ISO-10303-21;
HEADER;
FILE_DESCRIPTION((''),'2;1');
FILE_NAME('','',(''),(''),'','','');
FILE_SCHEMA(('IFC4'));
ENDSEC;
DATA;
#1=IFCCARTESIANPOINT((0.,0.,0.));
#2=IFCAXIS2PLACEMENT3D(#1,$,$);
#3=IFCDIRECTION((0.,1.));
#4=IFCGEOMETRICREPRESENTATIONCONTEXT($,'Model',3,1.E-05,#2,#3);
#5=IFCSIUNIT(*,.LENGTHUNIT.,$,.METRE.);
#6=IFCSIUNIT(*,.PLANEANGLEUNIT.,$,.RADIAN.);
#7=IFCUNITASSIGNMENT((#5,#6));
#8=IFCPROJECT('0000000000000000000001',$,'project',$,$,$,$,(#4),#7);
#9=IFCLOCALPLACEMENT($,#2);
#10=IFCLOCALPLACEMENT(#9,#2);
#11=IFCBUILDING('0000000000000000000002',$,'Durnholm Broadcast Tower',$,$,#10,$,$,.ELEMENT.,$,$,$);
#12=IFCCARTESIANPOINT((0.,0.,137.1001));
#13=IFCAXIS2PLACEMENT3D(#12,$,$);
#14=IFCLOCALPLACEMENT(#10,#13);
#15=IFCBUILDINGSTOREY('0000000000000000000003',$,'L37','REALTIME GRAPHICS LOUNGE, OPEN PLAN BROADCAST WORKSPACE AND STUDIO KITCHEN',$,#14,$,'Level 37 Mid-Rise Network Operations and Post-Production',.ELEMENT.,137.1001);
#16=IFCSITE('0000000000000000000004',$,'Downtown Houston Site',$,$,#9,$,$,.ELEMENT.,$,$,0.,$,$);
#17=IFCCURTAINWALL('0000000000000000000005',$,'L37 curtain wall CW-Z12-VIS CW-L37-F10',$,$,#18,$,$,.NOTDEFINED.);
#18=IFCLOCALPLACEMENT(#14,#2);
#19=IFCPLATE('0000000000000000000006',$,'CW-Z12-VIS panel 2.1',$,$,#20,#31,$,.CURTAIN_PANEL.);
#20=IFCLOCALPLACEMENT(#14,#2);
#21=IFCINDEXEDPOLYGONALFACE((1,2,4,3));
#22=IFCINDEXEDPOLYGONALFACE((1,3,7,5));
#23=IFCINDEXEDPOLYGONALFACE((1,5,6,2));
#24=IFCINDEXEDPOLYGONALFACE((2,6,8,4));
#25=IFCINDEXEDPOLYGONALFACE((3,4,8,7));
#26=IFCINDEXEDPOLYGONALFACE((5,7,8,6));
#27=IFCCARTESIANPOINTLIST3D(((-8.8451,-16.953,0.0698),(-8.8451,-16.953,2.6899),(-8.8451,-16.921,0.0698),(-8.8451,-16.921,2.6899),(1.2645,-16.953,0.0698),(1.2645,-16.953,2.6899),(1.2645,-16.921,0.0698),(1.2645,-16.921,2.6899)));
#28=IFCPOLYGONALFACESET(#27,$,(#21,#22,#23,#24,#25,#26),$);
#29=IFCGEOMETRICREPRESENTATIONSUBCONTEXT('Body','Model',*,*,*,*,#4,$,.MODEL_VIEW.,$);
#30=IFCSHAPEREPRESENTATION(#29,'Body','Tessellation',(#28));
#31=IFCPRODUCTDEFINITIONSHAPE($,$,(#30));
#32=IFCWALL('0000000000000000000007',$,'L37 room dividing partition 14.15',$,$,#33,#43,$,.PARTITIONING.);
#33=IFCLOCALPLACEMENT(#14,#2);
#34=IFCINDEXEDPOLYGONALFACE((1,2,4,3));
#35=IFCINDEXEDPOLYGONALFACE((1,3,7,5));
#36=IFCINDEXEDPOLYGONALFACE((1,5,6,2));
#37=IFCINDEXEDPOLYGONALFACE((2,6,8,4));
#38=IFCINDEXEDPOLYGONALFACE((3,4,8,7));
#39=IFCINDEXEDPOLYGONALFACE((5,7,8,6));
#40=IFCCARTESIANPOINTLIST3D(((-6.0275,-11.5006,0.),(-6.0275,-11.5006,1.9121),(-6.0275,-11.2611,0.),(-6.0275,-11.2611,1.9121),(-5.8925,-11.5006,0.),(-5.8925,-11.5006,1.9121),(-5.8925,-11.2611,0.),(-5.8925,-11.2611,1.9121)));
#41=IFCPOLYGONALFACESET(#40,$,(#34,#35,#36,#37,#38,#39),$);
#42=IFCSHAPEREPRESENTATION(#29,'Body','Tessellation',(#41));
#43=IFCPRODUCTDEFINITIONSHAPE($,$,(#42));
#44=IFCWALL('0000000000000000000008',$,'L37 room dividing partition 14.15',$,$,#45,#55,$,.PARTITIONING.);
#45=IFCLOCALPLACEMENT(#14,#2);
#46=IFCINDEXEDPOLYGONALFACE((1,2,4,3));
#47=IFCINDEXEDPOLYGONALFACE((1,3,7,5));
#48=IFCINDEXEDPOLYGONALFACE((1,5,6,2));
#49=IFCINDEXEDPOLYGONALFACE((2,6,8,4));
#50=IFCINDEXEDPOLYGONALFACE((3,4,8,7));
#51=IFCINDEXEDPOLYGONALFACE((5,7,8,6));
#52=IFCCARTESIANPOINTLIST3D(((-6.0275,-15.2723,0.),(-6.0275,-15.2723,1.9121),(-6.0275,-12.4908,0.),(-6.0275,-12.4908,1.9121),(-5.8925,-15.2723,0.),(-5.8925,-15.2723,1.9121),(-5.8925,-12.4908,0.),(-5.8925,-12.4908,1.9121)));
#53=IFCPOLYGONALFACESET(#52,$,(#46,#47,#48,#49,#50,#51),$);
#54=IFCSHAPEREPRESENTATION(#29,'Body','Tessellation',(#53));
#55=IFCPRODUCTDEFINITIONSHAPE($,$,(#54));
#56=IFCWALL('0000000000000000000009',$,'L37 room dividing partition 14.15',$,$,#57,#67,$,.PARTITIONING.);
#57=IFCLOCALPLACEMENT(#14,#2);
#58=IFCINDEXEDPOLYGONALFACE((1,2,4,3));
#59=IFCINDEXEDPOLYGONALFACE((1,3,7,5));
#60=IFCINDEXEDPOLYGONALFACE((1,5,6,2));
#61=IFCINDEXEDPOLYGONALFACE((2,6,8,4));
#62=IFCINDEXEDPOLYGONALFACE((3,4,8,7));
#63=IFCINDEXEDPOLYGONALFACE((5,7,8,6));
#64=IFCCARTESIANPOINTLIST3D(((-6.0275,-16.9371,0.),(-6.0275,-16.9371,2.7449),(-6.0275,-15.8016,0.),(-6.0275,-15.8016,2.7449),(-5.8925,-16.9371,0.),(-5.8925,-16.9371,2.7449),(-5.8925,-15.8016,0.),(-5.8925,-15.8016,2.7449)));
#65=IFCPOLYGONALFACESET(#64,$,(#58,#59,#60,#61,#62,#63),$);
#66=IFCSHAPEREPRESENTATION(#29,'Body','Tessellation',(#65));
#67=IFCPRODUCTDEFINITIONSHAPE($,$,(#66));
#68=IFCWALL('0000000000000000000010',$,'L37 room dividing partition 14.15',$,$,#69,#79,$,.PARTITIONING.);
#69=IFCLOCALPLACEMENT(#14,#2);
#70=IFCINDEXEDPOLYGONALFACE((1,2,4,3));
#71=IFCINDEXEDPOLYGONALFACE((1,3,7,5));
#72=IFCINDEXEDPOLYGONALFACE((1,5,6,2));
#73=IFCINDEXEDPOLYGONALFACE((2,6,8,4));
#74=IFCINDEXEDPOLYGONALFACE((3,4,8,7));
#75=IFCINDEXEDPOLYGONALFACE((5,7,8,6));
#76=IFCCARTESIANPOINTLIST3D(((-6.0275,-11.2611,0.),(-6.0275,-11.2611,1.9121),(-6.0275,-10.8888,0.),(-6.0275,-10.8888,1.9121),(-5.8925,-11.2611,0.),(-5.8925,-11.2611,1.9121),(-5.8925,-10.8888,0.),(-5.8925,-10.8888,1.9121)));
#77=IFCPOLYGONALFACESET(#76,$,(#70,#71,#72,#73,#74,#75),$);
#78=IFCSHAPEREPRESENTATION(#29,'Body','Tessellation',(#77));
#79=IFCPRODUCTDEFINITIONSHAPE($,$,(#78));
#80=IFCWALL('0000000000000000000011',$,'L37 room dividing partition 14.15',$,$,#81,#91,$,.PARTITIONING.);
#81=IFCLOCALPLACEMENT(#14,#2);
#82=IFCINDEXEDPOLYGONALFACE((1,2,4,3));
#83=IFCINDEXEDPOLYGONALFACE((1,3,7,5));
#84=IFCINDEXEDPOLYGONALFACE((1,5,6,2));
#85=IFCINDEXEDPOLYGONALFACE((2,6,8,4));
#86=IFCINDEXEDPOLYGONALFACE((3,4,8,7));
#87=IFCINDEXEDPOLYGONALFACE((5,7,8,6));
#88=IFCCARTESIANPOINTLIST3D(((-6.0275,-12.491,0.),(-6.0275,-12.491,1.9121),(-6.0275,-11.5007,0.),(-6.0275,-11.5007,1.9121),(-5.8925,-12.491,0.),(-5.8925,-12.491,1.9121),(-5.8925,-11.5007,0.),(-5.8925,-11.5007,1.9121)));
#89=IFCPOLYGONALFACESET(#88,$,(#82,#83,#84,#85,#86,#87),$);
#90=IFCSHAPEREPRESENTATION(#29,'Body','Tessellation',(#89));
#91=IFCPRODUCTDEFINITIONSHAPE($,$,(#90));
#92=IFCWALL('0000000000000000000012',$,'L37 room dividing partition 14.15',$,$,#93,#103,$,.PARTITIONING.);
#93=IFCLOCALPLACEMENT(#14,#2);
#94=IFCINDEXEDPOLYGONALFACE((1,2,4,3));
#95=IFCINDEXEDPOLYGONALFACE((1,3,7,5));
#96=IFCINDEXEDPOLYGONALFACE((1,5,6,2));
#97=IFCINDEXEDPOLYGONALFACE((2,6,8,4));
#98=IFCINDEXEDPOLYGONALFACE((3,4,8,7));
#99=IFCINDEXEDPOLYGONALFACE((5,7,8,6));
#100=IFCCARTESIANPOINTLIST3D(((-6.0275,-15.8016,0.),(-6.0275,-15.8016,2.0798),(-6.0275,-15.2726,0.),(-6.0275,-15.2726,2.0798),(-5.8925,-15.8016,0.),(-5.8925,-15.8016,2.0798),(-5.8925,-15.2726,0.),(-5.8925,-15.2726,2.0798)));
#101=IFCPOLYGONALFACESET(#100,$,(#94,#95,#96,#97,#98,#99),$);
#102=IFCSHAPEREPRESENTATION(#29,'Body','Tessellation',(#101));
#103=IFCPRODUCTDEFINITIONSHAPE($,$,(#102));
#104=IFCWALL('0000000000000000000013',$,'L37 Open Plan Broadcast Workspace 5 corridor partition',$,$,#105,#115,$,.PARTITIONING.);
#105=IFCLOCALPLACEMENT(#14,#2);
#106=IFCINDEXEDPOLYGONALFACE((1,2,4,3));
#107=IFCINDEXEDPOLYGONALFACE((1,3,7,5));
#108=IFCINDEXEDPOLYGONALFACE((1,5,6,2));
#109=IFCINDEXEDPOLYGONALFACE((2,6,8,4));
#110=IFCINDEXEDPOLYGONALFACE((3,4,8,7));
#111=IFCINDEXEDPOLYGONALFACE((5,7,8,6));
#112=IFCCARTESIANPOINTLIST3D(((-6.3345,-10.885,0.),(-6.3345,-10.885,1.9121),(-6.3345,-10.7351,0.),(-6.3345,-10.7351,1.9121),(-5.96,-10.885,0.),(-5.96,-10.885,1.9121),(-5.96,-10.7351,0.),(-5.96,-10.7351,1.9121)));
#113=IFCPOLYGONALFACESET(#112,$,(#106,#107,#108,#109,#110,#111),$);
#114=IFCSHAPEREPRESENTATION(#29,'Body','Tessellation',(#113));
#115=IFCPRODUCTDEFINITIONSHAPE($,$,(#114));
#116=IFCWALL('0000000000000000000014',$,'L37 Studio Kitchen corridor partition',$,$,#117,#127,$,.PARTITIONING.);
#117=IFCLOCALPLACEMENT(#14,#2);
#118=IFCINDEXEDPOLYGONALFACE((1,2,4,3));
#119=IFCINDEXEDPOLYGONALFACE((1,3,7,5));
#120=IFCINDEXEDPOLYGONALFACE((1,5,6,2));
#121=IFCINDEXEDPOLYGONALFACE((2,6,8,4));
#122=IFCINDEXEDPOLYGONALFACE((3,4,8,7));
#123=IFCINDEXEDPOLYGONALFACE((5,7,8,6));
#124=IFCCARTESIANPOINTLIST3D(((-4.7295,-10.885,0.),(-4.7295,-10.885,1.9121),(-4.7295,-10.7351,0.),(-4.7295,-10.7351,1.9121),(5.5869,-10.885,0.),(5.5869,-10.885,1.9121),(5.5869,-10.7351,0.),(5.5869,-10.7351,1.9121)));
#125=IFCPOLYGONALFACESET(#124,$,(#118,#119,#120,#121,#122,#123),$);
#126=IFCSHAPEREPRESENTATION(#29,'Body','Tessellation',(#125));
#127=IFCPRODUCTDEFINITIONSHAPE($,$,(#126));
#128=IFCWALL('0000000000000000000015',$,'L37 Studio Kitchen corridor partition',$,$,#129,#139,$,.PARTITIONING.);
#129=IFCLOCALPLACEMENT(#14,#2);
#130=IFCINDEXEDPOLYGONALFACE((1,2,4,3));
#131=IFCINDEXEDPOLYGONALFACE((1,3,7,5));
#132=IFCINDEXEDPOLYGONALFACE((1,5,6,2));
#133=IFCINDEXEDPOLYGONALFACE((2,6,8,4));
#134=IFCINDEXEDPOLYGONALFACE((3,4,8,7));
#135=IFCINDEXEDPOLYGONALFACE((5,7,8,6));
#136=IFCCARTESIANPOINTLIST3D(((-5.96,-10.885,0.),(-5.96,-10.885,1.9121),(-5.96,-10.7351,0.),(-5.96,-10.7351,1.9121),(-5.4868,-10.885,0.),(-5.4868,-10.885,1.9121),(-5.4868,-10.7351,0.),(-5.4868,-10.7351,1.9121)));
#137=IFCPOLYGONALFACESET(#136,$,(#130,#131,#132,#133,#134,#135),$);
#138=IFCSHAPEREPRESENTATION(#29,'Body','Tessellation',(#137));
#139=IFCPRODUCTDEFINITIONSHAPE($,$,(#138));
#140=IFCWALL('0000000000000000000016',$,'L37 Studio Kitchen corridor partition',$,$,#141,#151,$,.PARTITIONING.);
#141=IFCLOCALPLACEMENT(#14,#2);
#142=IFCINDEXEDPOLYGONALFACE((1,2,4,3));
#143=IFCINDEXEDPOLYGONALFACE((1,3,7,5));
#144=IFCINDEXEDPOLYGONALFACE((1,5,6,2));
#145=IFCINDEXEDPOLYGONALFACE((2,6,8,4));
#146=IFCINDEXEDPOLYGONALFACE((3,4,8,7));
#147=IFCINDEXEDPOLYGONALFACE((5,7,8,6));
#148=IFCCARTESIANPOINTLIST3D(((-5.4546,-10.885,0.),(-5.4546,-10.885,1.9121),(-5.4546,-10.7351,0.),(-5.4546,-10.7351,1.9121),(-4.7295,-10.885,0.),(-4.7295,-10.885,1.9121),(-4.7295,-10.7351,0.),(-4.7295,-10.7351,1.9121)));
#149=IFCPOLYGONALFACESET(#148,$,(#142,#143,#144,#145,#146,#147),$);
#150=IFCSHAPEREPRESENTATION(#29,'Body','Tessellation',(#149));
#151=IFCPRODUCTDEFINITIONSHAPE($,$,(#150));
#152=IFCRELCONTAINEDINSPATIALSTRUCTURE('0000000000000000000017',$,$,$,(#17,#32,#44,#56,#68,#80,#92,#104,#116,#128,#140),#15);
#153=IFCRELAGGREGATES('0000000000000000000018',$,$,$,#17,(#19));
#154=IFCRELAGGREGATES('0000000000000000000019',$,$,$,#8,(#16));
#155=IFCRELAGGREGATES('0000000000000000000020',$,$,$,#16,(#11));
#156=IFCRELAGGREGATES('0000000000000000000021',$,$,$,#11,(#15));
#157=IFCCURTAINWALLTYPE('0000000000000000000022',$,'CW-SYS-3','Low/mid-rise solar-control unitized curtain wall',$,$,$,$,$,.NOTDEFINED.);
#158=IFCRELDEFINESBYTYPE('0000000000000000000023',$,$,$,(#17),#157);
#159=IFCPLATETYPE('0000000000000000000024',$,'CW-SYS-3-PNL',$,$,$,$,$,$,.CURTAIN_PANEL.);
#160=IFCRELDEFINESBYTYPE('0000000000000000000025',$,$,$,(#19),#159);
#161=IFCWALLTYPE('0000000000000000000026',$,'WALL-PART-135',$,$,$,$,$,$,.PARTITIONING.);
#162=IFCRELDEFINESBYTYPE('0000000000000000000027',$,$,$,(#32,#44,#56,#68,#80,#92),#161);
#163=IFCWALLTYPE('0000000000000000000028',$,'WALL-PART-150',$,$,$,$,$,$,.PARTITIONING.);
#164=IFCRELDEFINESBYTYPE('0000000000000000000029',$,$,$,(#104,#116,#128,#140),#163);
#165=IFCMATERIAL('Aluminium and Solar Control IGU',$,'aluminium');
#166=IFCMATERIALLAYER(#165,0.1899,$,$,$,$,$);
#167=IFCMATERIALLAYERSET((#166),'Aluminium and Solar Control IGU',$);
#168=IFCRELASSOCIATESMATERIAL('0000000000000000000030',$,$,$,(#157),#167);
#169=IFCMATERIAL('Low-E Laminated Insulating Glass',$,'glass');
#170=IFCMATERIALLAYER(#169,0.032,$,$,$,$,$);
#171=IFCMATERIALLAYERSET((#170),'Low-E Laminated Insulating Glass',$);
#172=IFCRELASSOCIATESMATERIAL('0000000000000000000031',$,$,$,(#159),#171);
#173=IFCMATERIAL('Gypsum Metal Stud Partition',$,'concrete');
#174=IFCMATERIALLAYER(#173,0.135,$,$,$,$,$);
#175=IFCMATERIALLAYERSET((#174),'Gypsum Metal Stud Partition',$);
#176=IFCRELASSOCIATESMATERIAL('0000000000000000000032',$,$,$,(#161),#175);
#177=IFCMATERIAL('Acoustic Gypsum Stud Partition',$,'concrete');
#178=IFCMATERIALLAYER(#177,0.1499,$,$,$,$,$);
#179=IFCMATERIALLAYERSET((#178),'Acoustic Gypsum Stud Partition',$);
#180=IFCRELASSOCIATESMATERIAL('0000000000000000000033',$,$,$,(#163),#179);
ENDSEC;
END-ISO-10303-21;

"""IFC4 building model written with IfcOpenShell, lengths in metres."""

from ifc_helpers import new_model, si_unit, direction, frame, frame_2d, origin, origin_2d, place, context, subcontext, project, spatial, rectangle, extrude, source, transform, mapped, material, layer, layer_set, type_object, type_shapes, element, aggregate, save


model = new_model("IFC4")

# Units and contexts
model_context = context("Model", 3, precision=1e-05, world=origin(), true_north=direction((0.0, 1.0)))
body_context = subcontext(model_context, "Body", "Model", "MODEL_VIEW")
ifc_project = project(units=[si_unit("LENGTHUNIT", "METRE"), si_unit("PLANEANGLEUNIT", "RADIAN")], contexts=[model_context])

# Site, building, storey
site_placement = place(None, origin())
site = spatial("IfcSite", under=ifc_project, at=site_placement, Name="Downtown Houston Site", CompositionType="ELEMENT", RefElevation=0.0)
building_placement = place(site_placement, origin())
building = spatial("IfcBuilding", under=site, at=building_placement, Name="Durnholm Broadcast Tower", CompositionType="ELEMENT")
storey_placement = place(building_placement, frame((0.0, 0.0, 137.1001)))
storey = spatial("IfcBuildingStorey", under=building, at=storey_placement, Name="L37", Description="REALTIME GRAPHICS LOUNGE, OPEN PLAN BROADCAST WORKSPACE AND STUDIO KITCHEN", LongName="Level 37 Mid-Rise Network Operations and Post-Production", CompositionType="ELEMENT", Elevation=137.1001)

# Curtain wall
ifc_material_1 = material(Name="Aluminium and Solar Control IGU", Category="aluminium")
ifc_layer_1 = layer(ifc_material_1, 0.1899)
ifc_layer_set_1 = layer_set([ifc_layer_1], Name="Aluminium and Solar Control IGU")
curtain_wall_type_1 = type_object("IfcCurtainWallType", Name="CW-SYS-3", Description="Low/mid-rise solar-control unitized curtain wall", PredefinedType="NOTDEFINED", material=ifc_layer_set_1)
curtain_wall_1_placement = place(storey_placement, origin())
curtain_wall_1 = element("IfcCurtainWall", 1, at=curtain_wall_1_placement, inside=storey, type_object=curtain_wall_type_1, Name="L37 curtain wall CW-Z12-VIS CW-L37-F10", PredefinedType="NOTDEFINED")

# Plate
ifc_material_2 = material(Name="Low-E Laminated Insulating Glass", Category="glass")
ifc_layer_2 = layer(ifc_material_2, 0.032)
ifc_layer_set_2 = layer_set([ifc_layer_2], Name="Low-E Laminated Insulating Glass")
plate_type_1 = type_object("IfcPlateType", Name="CW-SYS-3-PNL", PredefinedType="CURTAIN_PANEL", material=ifc_layer_set_2)
shared_shape_1 = source(origin(), body_context, "Body", "SweptSolid", [
    extrude(rectangle(XDim=10.1096, YDim=0.032, at=origin_2d()), origin(), (0.0, 0.0, 1.0), 2.6201),
])
type_shapes(plate_type_1, [shared_shape_1])
plate_1_placement = place(storey_placement, frame((-3.7903, -16.937, 0.0698), z_axis=(0.0, 0.0, 1.0), x_axis=(-1.0, 0.0, 0.0)))
plate_1 = element("IfcPlate", 2, at=plate_1_placement, type_object=plate_type_1, Name="CW-Z12-VIS panel 2.1", PredefinedType="CURTAIN_PANEL", context=body_context, shape_type="MappedRepresentation", body=[
    mapped(shared_shape_1, transform((0.0, 0.0, 0.0), x_axis=(1.0, 0.0, 0.0), y_axis=(0.0, 1.0, 0.0), z_axis=(0.0, 0.0, 1.0), scale=1.0)),
])
aggregate(curtain_wall_1, [plate_1])

# Walls
ifc_material_3 = material(Name="Gypsum Metal Stud Partition", Category="concrete")
ifc_layer_3 = layer(ifc_material_3, 0.135)
ifc_layer_set_3 = layer_set([ifc_layer_3], Name="Gypsum Metal Stud Partition")
wall_type_1 = type_object("IfcWallType", Name="WALL-PART-135", PredefinedType="PARTITIONING", material=ifc_layer_set_3)
wall_1_placement = place(storey_placement, frame((-5.96, -11.2612, 0.0), z_axis=(0.0, 0.0, 1.0), x_axis=(0.0, -1.0, 0.0)))
element("IfcWall", 3, at=wall_1_placement, inside=storey, type_object=wall_type_1, Name="L37 room dividing partition 14.15", PredefinedType="PARTITIONING", context=body_context, shape_type="SweptSolid", body=[
    extrude(rectangle(XDim=0.2395, YDim=0.135, at=frame_2d((0.1196, 0.0))), origin(), (0.0, 0.0, 1.0), 1.9121),
])
wall_2_placement = place(storey_placement, frame((-5.96, -12.491, 0.0), z_axis=(0.0, 0.0, 1.0), x_axis=(0.0, -1.0, 0.0)))
element("IfcWall", 4, at=wall_2_placement, inside=storey, type_object=wall_type_1, Name="L37 room dividing partition 14.15", PredefinedType="PARTITIONING", context=body_context, shape_type="SweptSolid", body=[
    extrude(rectangle(XDim=2.7815, YDim=0.135, at=frame_2d((1.3906, 0.0))), origin(), (0.0, 0.0, 1.0), 1.9121),
])
wall_3_placement = place(storey_placement, frame((-5.96, -15.8015, 0.0), z_axis=(0.0, 0.0, 1.0), x_axis=(0.0, -1.0, 0.0)))
element("IfcWall", 5, at=wall_3_placement, inside=storey, type_object=wall_type_1, Name="L37 room dividing partition 14.15", PredefinedType="PARTITIONING", context=body_context, shape_type="SweptSolid", body=[
    extrude(rectangle(XDim=1.1355, YDim=0.135, at=frame_2d((0.5679, 0.0))), origin(), (0.0, 0.0, 1.0), 2.7449),
])
wall_4_placement = place(storey_placement, frame((-5.96, -10.8889, 0.0), z_axis=(0.0, 0.0, 1.0), x_axis=(0.0, -1.0, 0.0)))
element("IfcWall", 6, at=wall_4_placement, inside=storey, type_object=wall_type_1, Name="L37 room dividing partition 14.15", PredefinedType="PARTITIONING", context=body_context, shape_type="SweptSolid", body=[
    extrude(rectangle(XDim=0.3723, YDim=0.135, at=frame_2d((0.186, 0.0))), origin(), (0.0, 0.0, 1.0), 1.9121),
])
wall_5_placement = place(storey_placement, frame((-5.96, -11.5007, 0.0), z_axis=(0.0, 0.0, 1.0), x_axis=(0.0, -1.0, 0.0)))
element("IfcWall", 7, at=wall_5_placement, inside=storey, type_object=wall_type_1, Name="L37 room dividing partition 14.15", PredefinedType="PARTITIONING", context=body_context, shape_type="SweptSolid", body=[
    extrude(rectangle(XDim=0.9902, YDim=0.135, at=frame_2d((0.4951, 0.0))), origin(), (0.0, 0.0, 1.0), 1.9121),
])
wall_6_placement = place(storey_placement, frame((-5.96, -15.2725, 0.0), z_axis=(0.0, 0.0, 1.0), x_axis=(0.0, -1.0, 0.0)))
element("IfcWall", 8, at=wall_6_placement, inside=storey, type_object=wall_type_1, Name="L37 room dividing partition 14.15", PredefinedType="PARTITIONING", context=body_context, shape_type="SweptSolid", body=[
    extrude(rectangle(XDim=0.5291, YDim=0.135, at=frame_2d((0.2646, 0.0))), origin(), (0.0, 0.0, 1.0), 2.0798),
])
ifc_material_4 = material(Name="Acoustic Gypsum Stud Partition", Category="concrete")
ifc_layer_4 = layer(ifc_material_4, 0.1499)
ifc_layer_set_4 = layer_set([ifc_layer_4], Name="Acoustic Gypsum Stud Partition")
wall_type_2 = type_object("IfcWallType", Name="WALL-PART-150", PredefinedType="PARTITIONING", material=ifc_layer_set_4)
wall_7_placement = place(storey_placement, frame((-6.3345, -10.8101, 0.0), z_axis=(0.0, 0.0, 1.0), x_axis=(1.0, 0.0, 0.0)))
element("IfcWall", 9, at=wall_7_placement, inside=storey, type_object=wall_type_2, Name="L37 Open Plan Broadcast Workspace 5 corridor partition", PredefinedType="PARTITIONING", context=body_context, shape_type="SweptSolid", body=[
    extrude(rectangle(XDim=0.3745, YDim=0.1499, at=frame_2d((0.1873, 0.0))), origin(), (0.0, 0.0, 1.0), 1.9121),
])
wall_8_placement = place(storey_placement, frame((-4.7295, -10.8101, 0.0), z_axis=(0.0, 0.0, 1.0), x_axis=(1.0, 0.0, 0.0)))
element("IfcWall", 10, at=wall_8_placement, inside=storey, type_object=wall_type_2, Name="L37 Studio Kitchen corridor partition", PredefinedType="PARTITIONING", context=body_context, shape_type="SweptSolid", body=[
    extrude(rectangle(XDim=10.3164, YDim=0.1499, at=frame_2d((5.1582, 0.0))), origin(), (0.0, 0.0, 1.0), 1.9121),
])
wall_9_placement = place(storey_placement, frame((-5.96, -10.8101, 0.0), z_axis=(0.0, 0.0, 1.0), x_axis=(1.0, 0.0, 0.0)))
element("IfcWall", 11, at=wall_9_placement, inside=storey, type_object=wall_type_2, Name="L37 Studio Kitchen corridor partition", PredefinedType="PARTITIONING", context=body_context, shape_type="SweptSolid", body=[
    extrude(rectangle(XDim=0.4731, YDim=0.1499, at=frame_2d((0.2366, 0.0))), origin(), (0.0, 0.0, 1.0), 1.9121),
])
wall_10_placement = place(storey_placement, frame((-5.4546, -10.8101, 0.0), z_axis=(0.0, 0.0, 1.0), x_axis=(1.0, 0.0, 0.0)))
element("IfcWall", 12, at=wall_10_placement, inside=storey, type_object=wall_type_2, Name="L37 Studio Kitchen corridor partition", PredefinedType="PARTITIONING", context=body_context, shape_type="SweptSolid", body=[
    extrude(rectangle(XDim=0.7251, YDim=0.1499, at=frame_2d((0.3625, 0.0))), origin(), (0.0, 0.0, 1.0), 1.9121),
])

save(model, "model.ifc")
